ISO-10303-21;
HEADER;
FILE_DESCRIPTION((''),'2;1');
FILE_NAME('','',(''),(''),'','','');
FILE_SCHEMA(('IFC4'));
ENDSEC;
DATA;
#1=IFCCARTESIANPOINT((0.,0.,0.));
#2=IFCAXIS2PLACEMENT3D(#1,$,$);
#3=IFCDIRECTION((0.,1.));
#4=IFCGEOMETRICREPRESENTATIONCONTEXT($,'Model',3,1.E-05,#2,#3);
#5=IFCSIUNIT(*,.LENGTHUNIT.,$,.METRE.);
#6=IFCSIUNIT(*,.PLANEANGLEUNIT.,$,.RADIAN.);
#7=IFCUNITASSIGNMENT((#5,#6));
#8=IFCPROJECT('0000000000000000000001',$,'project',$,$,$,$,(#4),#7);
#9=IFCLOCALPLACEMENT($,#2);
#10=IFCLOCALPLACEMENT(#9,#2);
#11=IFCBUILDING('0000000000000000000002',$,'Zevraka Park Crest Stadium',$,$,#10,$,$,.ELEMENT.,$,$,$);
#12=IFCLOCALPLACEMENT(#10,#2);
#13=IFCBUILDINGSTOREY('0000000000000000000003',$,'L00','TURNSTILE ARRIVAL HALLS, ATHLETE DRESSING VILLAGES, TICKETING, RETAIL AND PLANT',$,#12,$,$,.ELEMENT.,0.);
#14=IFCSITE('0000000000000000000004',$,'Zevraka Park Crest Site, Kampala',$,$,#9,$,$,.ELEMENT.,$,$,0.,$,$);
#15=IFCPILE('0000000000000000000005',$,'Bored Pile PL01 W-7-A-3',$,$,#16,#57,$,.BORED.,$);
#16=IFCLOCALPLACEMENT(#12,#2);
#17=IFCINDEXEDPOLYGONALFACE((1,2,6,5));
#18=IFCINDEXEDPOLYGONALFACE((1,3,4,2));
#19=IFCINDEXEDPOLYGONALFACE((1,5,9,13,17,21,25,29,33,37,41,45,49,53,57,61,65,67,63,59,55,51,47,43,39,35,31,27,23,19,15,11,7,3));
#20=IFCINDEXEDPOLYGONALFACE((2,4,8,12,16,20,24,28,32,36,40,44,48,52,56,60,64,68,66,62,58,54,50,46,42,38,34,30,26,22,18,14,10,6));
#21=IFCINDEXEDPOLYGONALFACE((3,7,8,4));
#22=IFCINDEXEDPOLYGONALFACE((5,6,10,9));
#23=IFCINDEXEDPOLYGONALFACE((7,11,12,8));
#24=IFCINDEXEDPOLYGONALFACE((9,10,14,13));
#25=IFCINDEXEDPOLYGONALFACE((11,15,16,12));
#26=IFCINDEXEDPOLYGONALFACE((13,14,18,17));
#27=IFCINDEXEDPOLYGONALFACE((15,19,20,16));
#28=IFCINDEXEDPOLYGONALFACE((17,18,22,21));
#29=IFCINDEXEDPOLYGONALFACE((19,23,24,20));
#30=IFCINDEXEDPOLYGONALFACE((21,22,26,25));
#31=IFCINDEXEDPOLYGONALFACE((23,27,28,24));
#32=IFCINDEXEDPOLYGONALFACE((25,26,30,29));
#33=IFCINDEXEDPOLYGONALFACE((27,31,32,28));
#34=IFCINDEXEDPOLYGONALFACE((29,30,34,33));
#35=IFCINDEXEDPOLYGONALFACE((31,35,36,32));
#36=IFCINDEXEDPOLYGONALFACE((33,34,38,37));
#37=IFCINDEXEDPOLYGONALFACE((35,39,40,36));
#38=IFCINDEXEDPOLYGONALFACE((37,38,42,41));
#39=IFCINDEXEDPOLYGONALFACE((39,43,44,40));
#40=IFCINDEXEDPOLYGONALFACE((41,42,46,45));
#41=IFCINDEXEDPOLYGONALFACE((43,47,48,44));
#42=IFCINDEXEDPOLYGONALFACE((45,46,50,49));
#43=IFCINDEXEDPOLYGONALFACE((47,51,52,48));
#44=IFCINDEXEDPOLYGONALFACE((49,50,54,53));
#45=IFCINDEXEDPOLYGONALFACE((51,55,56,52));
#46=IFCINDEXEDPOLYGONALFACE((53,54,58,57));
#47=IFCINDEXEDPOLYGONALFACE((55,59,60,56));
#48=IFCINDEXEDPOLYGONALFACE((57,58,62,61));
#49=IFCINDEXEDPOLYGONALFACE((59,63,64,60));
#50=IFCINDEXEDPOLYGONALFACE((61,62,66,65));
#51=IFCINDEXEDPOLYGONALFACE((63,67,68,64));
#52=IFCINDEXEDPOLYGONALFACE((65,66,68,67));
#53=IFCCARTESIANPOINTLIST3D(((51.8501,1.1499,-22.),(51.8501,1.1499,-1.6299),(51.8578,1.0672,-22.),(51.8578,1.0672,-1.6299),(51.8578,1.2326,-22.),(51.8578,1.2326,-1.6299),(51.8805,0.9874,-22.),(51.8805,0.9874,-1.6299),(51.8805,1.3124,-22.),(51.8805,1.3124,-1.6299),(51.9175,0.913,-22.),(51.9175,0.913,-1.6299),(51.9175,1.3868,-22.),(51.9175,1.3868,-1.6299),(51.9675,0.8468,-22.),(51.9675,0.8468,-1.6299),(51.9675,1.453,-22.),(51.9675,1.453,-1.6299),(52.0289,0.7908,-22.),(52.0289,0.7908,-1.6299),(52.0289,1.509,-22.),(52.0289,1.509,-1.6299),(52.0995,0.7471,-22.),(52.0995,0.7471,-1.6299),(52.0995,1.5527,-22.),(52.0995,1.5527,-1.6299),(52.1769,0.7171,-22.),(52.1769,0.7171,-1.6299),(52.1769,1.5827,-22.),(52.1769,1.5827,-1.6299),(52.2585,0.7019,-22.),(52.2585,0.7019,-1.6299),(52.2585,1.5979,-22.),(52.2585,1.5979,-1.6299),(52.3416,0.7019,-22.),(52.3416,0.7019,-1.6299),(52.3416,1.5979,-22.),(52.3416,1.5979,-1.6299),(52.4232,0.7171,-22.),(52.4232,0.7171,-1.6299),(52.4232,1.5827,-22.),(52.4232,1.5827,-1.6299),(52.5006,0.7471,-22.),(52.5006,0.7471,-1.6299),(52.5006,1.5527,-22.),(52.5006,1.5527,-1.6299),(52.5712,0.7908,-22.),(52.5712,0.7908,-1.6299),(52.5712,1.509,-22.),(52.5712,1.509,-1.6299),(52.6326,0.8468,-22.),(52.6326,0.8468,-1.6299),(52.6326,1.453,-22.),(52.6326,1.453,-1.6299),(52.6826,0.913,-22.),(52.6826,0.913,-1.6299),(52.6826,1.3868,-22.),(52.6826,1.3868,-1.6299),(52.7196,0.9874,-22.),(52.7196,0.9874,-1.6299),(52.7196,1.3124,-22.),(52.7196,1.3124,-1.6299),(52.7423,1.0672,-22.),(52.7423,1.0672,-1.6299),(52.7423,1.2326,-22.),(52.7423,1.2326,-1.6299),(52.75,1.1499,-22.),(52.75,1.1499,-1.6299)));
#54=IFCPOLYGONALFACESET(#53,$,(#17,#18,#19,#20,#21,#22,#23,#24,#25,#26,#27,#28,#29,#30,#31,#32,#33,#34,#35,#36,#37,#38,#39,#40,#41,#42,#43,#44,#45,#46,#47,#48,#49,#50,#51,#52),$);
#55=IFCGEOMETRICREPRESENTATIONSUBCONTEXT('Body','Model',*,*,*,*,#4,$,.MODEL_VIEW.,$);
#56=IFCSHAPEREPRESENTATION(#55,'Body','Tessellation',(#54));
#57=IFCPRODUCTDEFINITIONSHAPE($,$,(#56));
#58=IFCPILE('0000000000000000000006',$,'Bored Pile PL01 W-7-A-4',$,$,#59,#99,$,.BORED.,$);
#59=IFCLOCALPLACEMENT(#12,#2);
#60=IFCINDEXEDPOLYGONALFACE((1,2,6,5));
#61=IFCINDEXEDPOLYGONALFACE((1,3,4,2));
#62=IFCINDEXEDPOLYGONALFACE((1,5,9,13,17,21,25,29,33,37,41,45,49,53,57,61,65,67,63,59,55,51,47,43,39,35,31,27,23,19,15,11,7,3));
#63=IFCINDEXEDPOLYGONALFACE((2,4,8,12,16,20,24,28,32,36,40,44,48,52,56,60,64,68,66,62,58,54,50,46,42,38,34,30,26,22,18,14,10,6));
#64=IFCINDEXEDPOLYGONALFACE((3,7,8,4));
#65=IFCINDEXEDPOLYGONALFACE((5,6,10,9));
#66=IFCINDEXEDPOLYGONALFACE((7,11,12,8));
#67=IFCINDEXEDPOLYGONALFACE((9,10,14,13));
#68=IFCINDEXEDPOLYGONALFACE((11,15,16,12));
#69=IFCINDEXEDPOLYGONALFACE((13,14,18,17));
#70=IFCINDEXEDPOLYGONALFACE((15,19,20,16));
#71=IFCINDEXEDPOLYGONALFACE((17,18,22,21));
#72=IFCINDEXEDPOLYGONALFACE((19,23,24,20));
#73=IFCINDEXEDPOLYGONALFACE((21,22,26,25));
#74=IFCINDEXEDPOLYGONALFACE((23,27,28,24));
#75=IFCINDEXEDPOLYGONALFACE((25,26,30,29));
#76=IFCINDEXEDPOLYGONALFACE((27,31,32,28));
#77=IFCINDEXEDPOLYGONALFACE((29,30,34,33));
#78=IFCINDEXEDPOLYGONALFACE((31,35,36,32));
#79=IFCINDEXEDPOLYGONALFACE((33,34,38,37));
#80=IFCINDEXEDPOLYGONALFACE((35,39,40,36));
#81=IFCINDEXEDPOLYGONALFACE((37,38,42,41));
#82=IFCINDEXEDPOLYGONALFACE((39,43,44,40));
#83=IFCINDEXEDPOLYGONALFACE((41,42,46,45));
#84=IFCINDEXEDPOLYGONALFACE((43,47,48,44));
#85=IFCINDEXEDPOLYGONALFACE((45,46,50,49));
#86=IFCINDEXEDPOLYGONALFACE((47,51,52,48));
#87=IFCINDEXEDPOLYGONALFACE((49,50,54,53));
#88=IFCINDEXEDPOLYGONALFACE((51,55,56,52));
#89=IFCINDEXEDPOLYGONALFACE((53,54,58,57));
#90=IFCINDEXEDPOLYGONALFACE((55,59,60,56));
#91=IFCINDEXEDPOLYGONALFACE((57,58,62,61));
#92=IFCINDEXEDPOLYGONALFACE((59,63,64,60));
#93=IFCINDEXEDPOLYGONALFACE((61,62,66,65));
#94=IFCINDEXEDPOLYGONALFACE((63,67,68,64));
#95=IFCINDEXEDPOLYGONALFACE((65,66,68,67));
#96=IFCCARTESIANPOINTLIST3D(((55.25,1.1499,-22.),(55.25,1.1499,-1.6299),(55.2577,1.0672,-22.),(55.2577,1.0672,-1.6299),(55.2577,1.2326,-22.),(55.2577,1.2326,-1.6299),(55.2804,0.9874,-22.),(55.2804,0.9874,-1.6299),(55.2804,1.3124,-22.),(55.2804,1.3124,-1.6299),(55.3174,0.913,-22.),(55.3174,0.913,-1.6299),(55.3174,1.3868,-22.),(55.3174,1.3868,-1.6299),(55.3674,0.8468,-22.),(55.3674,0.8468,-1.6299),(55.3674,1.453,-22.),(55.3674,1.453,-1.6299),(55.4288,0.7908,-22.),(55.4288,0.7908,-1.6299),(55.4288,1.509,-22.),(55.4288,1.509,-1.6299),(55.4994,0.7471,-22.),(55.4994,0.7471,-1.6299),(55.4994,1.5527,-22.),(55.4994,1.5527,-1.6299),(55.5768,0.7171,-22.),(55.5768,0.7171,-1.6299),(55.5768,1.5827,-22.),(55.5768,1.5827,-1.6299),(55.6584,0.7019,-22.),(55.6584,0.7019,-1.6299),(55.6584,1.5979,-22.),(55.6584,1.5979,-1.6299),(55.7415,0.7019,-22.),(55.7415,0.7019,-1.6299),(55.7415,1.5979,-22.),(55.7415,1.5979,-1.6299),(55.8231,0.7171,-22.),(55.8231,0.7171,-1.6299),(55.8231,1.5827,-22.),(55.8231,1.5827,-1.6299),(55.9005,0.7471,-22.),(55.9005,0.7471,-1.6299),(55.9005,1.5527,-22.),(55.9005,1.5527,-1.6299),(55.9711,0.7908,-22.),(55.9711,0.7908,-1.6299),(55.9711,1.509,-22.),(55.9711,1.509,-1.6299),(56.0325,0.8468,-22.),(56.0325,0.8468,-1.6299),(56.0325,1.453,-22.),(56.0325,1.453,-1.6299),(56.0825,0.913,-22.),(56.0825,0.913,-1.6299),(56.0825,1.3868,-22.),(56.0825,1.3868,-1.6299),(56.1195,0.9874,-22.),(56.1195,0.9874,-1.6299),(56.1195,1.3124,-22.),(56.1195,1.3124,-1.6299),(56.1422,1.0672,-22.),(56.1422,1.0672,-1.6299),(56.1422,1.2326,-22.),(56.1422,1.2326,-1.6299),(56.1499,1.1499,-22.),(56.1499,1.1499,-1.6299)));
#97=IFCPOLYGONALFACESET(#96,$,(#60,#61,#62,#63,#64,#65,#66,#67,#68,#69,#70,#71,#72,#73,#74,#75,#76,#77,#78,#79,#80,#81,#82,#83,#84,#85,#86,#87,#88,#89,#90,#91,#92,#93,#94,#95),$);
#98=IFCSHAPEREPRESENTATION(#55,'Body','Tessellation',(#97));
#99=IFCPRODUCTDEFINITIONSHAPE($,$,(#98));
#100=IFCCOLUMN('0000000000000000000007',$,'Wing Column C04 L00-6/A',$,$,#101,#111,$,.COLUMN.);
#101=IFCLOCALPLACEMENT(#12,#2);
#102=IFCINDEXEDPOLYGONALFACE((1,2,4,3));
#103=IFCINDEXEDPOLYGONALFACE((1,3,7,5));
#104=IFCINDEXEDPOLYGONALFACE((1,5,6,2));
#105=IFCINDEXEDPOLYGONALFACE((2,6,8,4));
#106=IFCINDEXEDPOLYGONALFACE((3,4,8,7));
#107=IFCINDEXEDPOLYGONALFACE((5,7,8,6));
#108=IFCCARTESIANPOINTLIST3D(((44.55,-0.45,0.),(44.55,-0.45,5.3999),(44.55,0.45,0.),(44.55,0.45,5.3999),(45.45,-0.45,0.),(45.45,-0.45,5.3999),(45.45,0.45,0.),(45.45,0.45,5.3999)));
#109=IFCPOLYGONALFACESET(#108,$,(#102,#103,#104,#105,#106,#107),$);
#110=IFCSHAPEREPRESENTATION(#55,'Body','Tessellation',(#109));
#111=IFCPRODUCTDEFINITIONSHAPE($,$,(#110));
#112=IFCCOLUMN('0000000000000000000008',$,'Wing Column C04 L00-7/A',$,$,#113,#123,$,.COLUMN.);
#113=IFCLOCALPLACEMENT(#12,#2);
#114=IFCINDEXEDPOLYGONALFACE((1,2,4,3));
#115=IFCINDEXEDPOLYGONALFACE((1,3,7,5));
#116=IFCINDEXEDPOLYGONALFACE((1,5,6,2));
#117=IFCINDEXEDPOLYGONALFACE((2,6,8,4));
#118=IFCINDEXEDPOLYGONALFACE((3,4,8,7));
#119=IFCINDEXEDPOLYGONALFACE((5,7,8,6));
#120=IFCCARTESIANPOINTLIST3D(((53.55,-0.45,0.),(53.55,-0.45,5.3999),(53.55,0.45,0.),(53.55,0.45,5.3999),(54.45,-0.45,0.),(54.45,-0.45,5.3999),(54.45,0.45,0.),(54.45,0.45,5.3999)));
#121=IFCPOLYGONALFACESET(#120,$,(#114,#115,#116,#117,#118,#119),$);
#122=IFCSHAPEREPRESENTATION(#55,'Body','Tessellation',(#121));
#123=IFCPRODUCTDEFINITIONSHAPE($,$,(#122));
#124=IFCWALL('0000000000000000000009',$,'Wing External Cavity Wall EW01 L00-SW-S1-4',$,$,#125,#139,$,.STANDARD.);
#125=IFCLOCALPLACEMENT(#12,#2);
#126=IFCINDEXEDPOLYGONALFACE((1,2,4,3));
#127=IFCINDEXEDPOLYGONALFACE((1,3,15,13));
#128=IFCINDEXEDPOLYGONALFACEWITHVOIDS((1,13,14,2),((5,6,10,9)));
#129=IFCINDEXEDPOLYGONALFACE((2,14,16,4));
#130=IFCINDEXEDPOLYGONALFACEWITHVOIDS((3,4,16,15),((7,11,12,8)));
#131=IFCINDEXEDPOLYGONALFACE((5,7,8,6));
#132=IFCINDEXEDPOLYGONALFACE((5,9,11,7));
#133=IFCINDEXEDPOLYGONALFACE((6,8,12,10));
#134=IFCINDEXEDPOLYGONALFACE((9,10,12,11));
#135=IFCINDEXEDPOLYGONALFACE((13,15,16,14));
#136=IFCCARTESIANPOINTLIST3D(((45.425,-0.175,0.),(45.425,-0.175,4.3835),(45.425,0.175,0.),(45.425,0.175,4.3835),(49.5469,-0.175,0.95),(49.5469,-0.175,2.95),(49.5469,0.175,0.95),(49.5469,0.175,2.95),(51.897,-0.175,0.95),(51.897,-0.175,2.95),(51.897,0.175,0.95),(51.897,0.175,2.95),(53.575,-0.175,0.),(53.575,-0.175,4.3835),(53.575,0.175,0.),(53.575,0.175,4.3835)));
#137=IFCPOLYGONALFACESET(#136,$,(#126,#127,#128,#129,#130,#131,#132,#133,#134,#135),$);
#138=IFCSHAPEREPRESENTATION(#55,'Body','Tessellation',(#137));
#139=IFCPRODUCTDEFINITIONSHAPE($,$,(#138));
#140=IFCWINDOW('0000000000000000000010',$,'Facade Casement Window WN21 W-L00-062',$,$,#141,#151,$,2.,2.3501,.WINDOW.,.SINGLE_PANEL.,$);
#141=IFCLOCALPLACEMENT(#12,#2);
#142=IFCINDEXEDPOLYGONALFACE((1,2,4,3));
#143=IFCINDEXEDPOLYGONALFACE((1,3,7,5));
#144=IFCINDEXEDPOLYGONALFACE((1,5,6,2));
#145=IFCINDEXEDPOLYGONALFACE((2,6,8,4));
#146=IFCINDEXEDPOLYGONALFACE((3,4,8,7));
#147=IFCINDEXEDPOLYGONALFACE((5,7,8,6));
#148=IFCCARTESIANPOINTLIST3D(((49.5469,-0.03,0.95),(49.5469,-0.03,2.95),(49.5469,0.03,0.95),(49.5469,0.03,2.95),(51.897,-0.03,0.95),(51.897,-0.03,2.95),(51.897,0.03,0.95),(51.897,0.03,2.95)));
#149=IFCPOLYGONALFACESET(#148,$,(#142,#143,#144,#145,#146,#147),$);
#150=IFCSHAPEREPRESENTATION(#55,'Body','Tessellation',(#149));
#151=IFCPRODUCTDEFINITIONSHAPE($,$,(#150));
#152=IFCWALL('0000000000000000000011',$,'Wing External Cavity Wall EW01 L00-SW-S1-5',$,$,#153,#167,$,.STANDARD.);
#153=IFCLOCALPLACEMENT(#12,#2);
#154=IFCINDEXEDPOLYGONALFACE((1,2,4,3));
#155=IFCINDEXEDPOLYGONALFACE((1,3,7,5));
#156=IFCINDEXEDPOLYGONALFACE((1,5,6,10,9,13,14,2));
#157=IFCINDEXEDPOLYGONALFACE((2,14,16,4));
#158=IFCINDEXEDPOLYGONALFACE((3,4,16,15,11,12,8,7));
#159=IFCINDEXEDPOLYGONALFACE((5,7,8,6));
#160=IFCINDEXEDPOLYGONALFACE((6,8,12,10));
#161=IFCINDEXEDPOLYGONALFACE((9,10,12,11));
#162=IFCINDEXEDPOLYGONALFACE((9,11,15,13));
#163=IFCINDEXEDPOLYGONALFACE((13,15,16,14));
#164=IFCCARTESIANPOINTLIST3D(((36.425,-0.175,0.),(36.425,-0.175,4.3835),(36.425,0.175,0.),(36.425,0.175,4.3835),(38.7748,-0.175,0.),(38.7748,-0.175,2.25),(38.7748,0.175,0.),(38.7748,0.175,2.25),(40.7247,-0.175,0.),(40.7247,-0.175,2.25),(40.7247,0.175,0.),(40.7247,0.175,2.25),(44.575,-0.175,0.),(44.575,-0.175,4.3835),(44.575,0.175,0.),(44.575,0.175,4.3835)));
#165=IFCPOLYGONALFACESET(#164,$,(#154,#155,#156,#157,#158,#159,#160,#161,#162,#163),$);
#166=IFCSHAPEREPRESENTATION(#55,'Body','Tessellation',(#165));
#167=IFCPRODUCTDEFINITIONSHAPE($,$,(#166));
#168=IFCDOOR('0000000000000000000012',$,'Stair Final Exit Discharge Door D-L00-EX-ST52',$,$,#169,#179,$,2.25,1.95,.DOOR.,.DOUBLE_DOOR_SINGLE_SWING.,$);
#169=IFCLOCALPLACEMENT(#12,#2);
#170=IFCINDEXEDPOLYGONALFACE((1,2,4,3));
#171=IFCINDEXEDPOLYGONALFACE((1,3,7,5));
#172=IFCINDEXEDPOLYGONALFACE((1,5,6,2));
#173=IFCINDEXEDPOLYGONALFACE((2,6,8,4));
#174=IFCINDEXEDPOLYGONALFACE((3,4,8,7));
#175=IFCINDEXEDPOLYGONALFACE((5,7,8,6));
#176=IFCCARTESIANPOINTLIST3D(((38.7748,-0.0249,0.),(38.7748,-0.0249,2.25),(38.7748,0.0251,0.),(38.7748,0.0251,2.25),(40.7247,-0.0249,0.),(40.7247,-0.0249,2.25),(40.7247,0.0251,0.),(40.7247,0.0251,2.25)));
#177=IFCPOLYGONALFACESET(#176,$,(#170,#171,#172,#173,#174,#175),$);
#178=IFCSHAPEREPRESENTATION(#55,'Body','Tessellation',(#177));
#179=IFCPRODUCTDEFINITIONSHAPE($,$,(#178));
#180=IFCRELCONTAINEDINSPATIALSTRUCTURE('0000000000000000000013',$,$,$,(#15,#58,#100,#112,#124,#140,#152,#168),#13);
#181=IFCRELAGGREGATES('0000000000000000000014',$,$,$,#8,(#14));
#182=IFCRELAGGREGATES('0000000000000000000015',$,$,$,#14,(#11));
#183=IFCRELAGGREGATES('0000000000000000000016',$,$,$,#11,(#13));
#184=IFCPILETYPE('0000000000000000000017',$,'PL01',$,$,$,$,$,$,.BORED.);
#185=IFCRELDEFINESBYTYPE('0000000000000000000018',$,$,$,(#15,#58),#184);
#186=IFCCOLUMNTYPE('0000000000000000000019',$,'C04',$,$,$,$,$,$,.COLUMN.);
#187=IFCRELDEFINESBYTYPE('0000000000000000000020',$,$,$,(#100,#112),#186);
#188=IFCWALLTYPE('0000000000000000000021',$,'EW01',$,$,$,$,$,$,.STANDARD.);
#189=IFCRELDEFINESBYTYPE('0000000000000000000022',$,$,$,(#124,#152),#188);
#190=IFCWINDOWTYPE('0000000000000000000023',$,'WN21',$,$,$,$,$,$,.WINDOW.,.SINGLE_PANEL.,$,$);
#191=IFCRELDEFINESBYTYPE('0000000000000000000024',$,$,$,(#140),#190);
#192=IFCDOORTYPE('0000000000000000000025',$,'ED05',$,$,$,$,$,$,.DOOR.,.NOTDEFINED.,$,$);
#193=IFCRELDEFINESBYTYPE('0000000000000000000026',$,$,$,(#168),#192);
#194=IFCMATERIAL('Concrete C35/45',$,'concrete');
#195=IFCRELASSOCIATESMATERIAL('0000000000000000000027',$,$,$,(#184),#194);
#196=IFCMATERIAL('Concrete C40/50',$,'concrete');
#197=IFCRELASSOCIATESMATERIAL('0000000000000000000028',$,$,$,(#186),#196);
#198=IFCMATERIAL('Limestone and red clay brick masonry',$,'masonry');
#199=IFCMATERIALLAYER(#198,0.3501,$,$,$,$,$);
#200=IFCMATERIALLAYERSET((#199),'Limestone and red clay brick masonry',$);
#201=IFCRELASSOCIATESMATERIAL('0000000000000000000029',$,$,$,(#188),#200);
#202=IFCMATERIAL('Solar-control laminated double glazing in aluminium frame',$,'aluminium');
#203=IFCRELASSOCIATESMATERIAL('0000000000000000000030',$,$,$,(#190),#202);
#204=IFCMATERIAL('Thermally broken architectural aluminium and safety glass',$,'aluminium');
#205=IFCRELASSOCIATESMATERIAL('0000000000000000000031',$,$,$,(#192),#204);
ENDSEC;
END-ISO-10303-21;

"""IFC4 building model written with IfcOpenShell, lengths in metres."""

from ifc_helpers import new_model, si_unit, direction, frame, frame_2d, origin, origin_2d, place, context, subcontext, project, spatial, rectangle, circle, extrude, material, layer, layer_set, material_profile, profile_set, type_object, element, fill, save


model = new_model("IFC4")

# Units and contexts
model_context = context("Model", 3, precision=1e-05, world=origin(), true_north=direction((0.0, 1.0)))
body_context = subcontext(model_context, "Body", "Model", "MODEL_VIEW")
ifc_project = project(units=[si_unit("LENGTHUNIT", "METRE"), si_unit("PLANEANGLEUNIT", "RADIAN")], contexts=[model_context])

# Site, building, storey
site_placement = place(None, origin())
site = spatial("IfcSite", under=ifc_project, at=site_placement, Name="Zevraka Park Crest Site, Kampala", CompositionType="ELEMENT", RefElevation=0.0)
building_placement = place(site_placement, origin())
building = spatial("IfcBuilding", under=site, at=building_placement, Name="Zevraka Park Crest Stadium", CompositionType="ELEMENT")
storey_placement = place(building_placement, origin())
storey = spatial("IfcBuildingStorey", under=building, at=storey_placement, Name="L00", Description="TURNSTILE ARRIVAL HALLS, ATHLETE DRESSING VILLAGES, TICKETING, RETAIL AND PLANT", CompositionType="ELEMENT", Elevation=0.0)

# Piles
ifc_material_1 = material(Name="Concrete C35/45", Category="concrete")
ifc_material_profile_1 = material_profile(ifc_material_1, circle(Radius=0.45, at=origin_2d()), Name="PILE D900")
ifc_profile_set_1 = profile_set([ifc_material_profile_1], Name="Concrete C35/45")
pile_type = type_object("IfcPileType", Name="PL01", PredefinedType="BORED", material=ifc_profile_set_1)
for number, where, z_axis, x_axis, name in (
    (1, (52.3, 1.1499, -1.6299), (0.0, 0.0, -1.0), (1.0, 0.0, 0.0), "Bored Pile PL01 W-7-A-3"),
    (2, (55.7, 1.1499, -1.6299), (0.0, 0.0, -1.0), (1.0, 0.0, 0.0), "Bored Pile PL01 W-7-A-4"),
):
    element("IfcPile", number, at=place(storey_placement, frame(where, z_axis=z_axis, x_axis=x_axis)), inside=storey, type_object=pile_type, Name=name, PredefinedType="BORED", context=body_context, shape_type="SweptSolid", body=[
        extrude(circle(Radius=0.45, at=origin_2d()), origin(), (0.0, 0.0, 1.0), 20.3701),
    ])

# Columns
ifc_material_2 = material(Name="Concrete C40/50", Category="concrete")
ifc_material_profile_2 = material_profile(ifc_material_2, rectangle(XDim=0.8999, YDim=0.8999, at=origin_2d()), Name="RC 900x900")
ifc_profile_set_2 = profile_set([ifc_material_profile_2], Name="Concrete C40/50")
column_type = type_object("IfcColumnType", Name="C04", PredefinedType="COLUMN", material=ifc_profile_set_2)
for number, where, z_axis, x_axis, name in (
    (3, (45.0, 0.0, 0.0), (0.0, 0.0, 1.0), (1.0, 0.0, 0.0), "Wing Column C04 L00-6/A"),
    (4, (54.0, 0.0, 0.0), (0.0, 0.0, 1.0), (1.0, 0.0, 0.0), "Wing Column C04 L00-7/A"),
):
    element("IfcColumn", number, at=place(storey_placement, frame(where, z_axis=z_axis, x_axis=x_axis)), inside=storey, type_object=column_type, Name=name, PredefinedType="COLUMN", context=body_context, shape_type="SweptSolid", body=[
        extrude(rectangle(XDim=0.8999, YDim=0.8999, at=origin_2d()), origin(), (0.0, 0.0, 1.0), 5.3999),
    ])

# Wall, opening, window
ifc_material_3 = material(Name="Limestone and red clay brick masonry", Category="masonry")
ifc_layer_1 = layer(ifc_material_3, 0.3501)
ifc_layer_set_1 = layer_set([ifc_layer_1], Name="Limestone and red clay brick masonry")
wall_type_1 = type_object("IfcWallType", Name="EW01", PredefinedType="STANDARD", material=ifc_layer_set_1)
wall_1_placement = place(storey_placement, frame((53.575, 0.0, 0.0), z_axis=(0.0, 0.0, 1.0), x_axis=(-1.0, 0.0, 0.0)))
wall_1 = element("IfcWall", 5, at=wall_1_placement, inside=storey, type_object=wall_type_1, Name="Wing External Cavity Wall EW01 L00-SW-S1-4", PredefinedType="STANDARD", context=body_context, shape_type="SweptSolid", body=[
    extrude(rectangle(XDim=8.1499, YDim=0.3501, at=frame_2d((4.075, 0.0))), origin(), (0.0, 0.0, 1.0), 4.3835),
])
opening_1_placement = place(wall_1_placement, frame((1.678, 0.0, 0.95)))
opening_1 = element("IfcOpeningElement", 6, at=opening_1_placement, cuts=wall_1, PredefinedType="OPENING", context=body_context, shape_type="SweptSolid", body=[
    extrude(rectangle(XDim=2.3501, YDim=2.0, at=frame_2d((1.175, 1.0))), frame((0.0, 0.1851, 0.0), z_axis=(0.0, -1.0, 0.0), x_axis=(1.0, 0.0, 0.0)), (0.0, 0.0, 1.0), 0.3701),
])
ifc_material_4 = material(Name="Solar-control laminated double glazing in aluminium frame", Category="aluminium")
window_type = type_object("IfcWindowType", Name="WN21", PartitioningType="SINGLE_PANEL", PredefinedType="WINDOW", material=ifc_material_4)
window_placement = place(opening_1_placement, origin())
window = element("IfcWindow", 7, at=window_placement, inside=storey, type_object=window_type, Name="Facade Casement Window WN21 W-L00-062", OverallHeight=2.0, OverallWidth=2.3501, PartitioningType="SINGLE_PANEL", PredefinedType="WINDOW", context=body_context, shape_type="SweptSolid", body=[
    extrude(rectangle(XDim=2.3501, YDim=2.0, at=frame_2d((1.175, 1.0))), frame((0.0, 0.03, 0.0), z_axis=(0.0, -1.0, 0.0), x_axis=(1.0, 0.0, 0.0)), (0.0, 0.0, 1.0), 0.0601),
])
fill(opening_1, window)

# Wall, opening, door
wall_2_placement = place(storey_placement, frame((44.575, 0.0, 0.0), z_axis=(0.0, 0.0, 1.0), x_axis=(-1.0, 0.0, 0.0)))
wall_2 = element("IfcWall", 8, at=wall_2_placement, inside=storey, type_object=wall_type_1, Name="Wing External Cavity Wall EW01 L00-SW-S1-5", PredefinedType="STANDARD", context=body_context, shape_type="SweptSolid", body=[
    extrude(rectangle(XDim=8.1499, YDim=0.3501, at=frame_2d((4.075, 0.0))), origin(), (0.0, 0.0, 1.0), 4.3835),
])
opening_2_placement = place(wall_2_placement, frame((3.8501, 0.0, 0.0)))
opening_2 = element("IfcOpeningElement", 9, at=opening_2_placement, cuts=wall_2, PredefinedType="OPENING", context=body_context, shape_type="SweptSolid", body=[
    extrude(rectangle(XDim=1.95, YDim=2.25, at=frame_2d((0.9751, 1.125))), frame((0.0, 0.1851, 0.0), z_axis=(0.0, -1.0, 0.0), x_axis=(1.0, 0.0, 0.0)), (0.0, 0.0, 1.0), 0.3701),
])
ifc_material_5 = material(Name="Thermally broken architectural aluminium and safety glass", Category="aluminium")
door_type_1 = type_object("IfcDoorType", Name="ED05", OperationType="NOTDEFINED", PredefinedType="DOOR", material=ifc_material_5)
door_1_placement = place(opening_2_placement, origin())
door_1 = element("IfcDoor", 10, at=door_1_placement, inside=storey, type_object=door_type_1, Name="Stair Final Exit Discharge Door D-L00-EX-ST52", OperationType="DOUBLE_DOOR_SINGLE_SWING", OverallHeight=2.25, OverallWidth=1.95, PredefinedType="DOOR", context=body_context, shape_type="SweptSolid", body=[
    extrude(rectangle(XDim=1.95, YDim=2.25, at=frame_2d((0.9751, 1.125))), frame((0.0, 0.0249, 0.0), z_axis=(0.0, -1.0, 0.0), x_axis=(1.0, 0.0, 0.0)), (0.0, 0.0, 1.0), 0.05),
])
fill(opening_2, door_1)

save(model, "model.ifc")
